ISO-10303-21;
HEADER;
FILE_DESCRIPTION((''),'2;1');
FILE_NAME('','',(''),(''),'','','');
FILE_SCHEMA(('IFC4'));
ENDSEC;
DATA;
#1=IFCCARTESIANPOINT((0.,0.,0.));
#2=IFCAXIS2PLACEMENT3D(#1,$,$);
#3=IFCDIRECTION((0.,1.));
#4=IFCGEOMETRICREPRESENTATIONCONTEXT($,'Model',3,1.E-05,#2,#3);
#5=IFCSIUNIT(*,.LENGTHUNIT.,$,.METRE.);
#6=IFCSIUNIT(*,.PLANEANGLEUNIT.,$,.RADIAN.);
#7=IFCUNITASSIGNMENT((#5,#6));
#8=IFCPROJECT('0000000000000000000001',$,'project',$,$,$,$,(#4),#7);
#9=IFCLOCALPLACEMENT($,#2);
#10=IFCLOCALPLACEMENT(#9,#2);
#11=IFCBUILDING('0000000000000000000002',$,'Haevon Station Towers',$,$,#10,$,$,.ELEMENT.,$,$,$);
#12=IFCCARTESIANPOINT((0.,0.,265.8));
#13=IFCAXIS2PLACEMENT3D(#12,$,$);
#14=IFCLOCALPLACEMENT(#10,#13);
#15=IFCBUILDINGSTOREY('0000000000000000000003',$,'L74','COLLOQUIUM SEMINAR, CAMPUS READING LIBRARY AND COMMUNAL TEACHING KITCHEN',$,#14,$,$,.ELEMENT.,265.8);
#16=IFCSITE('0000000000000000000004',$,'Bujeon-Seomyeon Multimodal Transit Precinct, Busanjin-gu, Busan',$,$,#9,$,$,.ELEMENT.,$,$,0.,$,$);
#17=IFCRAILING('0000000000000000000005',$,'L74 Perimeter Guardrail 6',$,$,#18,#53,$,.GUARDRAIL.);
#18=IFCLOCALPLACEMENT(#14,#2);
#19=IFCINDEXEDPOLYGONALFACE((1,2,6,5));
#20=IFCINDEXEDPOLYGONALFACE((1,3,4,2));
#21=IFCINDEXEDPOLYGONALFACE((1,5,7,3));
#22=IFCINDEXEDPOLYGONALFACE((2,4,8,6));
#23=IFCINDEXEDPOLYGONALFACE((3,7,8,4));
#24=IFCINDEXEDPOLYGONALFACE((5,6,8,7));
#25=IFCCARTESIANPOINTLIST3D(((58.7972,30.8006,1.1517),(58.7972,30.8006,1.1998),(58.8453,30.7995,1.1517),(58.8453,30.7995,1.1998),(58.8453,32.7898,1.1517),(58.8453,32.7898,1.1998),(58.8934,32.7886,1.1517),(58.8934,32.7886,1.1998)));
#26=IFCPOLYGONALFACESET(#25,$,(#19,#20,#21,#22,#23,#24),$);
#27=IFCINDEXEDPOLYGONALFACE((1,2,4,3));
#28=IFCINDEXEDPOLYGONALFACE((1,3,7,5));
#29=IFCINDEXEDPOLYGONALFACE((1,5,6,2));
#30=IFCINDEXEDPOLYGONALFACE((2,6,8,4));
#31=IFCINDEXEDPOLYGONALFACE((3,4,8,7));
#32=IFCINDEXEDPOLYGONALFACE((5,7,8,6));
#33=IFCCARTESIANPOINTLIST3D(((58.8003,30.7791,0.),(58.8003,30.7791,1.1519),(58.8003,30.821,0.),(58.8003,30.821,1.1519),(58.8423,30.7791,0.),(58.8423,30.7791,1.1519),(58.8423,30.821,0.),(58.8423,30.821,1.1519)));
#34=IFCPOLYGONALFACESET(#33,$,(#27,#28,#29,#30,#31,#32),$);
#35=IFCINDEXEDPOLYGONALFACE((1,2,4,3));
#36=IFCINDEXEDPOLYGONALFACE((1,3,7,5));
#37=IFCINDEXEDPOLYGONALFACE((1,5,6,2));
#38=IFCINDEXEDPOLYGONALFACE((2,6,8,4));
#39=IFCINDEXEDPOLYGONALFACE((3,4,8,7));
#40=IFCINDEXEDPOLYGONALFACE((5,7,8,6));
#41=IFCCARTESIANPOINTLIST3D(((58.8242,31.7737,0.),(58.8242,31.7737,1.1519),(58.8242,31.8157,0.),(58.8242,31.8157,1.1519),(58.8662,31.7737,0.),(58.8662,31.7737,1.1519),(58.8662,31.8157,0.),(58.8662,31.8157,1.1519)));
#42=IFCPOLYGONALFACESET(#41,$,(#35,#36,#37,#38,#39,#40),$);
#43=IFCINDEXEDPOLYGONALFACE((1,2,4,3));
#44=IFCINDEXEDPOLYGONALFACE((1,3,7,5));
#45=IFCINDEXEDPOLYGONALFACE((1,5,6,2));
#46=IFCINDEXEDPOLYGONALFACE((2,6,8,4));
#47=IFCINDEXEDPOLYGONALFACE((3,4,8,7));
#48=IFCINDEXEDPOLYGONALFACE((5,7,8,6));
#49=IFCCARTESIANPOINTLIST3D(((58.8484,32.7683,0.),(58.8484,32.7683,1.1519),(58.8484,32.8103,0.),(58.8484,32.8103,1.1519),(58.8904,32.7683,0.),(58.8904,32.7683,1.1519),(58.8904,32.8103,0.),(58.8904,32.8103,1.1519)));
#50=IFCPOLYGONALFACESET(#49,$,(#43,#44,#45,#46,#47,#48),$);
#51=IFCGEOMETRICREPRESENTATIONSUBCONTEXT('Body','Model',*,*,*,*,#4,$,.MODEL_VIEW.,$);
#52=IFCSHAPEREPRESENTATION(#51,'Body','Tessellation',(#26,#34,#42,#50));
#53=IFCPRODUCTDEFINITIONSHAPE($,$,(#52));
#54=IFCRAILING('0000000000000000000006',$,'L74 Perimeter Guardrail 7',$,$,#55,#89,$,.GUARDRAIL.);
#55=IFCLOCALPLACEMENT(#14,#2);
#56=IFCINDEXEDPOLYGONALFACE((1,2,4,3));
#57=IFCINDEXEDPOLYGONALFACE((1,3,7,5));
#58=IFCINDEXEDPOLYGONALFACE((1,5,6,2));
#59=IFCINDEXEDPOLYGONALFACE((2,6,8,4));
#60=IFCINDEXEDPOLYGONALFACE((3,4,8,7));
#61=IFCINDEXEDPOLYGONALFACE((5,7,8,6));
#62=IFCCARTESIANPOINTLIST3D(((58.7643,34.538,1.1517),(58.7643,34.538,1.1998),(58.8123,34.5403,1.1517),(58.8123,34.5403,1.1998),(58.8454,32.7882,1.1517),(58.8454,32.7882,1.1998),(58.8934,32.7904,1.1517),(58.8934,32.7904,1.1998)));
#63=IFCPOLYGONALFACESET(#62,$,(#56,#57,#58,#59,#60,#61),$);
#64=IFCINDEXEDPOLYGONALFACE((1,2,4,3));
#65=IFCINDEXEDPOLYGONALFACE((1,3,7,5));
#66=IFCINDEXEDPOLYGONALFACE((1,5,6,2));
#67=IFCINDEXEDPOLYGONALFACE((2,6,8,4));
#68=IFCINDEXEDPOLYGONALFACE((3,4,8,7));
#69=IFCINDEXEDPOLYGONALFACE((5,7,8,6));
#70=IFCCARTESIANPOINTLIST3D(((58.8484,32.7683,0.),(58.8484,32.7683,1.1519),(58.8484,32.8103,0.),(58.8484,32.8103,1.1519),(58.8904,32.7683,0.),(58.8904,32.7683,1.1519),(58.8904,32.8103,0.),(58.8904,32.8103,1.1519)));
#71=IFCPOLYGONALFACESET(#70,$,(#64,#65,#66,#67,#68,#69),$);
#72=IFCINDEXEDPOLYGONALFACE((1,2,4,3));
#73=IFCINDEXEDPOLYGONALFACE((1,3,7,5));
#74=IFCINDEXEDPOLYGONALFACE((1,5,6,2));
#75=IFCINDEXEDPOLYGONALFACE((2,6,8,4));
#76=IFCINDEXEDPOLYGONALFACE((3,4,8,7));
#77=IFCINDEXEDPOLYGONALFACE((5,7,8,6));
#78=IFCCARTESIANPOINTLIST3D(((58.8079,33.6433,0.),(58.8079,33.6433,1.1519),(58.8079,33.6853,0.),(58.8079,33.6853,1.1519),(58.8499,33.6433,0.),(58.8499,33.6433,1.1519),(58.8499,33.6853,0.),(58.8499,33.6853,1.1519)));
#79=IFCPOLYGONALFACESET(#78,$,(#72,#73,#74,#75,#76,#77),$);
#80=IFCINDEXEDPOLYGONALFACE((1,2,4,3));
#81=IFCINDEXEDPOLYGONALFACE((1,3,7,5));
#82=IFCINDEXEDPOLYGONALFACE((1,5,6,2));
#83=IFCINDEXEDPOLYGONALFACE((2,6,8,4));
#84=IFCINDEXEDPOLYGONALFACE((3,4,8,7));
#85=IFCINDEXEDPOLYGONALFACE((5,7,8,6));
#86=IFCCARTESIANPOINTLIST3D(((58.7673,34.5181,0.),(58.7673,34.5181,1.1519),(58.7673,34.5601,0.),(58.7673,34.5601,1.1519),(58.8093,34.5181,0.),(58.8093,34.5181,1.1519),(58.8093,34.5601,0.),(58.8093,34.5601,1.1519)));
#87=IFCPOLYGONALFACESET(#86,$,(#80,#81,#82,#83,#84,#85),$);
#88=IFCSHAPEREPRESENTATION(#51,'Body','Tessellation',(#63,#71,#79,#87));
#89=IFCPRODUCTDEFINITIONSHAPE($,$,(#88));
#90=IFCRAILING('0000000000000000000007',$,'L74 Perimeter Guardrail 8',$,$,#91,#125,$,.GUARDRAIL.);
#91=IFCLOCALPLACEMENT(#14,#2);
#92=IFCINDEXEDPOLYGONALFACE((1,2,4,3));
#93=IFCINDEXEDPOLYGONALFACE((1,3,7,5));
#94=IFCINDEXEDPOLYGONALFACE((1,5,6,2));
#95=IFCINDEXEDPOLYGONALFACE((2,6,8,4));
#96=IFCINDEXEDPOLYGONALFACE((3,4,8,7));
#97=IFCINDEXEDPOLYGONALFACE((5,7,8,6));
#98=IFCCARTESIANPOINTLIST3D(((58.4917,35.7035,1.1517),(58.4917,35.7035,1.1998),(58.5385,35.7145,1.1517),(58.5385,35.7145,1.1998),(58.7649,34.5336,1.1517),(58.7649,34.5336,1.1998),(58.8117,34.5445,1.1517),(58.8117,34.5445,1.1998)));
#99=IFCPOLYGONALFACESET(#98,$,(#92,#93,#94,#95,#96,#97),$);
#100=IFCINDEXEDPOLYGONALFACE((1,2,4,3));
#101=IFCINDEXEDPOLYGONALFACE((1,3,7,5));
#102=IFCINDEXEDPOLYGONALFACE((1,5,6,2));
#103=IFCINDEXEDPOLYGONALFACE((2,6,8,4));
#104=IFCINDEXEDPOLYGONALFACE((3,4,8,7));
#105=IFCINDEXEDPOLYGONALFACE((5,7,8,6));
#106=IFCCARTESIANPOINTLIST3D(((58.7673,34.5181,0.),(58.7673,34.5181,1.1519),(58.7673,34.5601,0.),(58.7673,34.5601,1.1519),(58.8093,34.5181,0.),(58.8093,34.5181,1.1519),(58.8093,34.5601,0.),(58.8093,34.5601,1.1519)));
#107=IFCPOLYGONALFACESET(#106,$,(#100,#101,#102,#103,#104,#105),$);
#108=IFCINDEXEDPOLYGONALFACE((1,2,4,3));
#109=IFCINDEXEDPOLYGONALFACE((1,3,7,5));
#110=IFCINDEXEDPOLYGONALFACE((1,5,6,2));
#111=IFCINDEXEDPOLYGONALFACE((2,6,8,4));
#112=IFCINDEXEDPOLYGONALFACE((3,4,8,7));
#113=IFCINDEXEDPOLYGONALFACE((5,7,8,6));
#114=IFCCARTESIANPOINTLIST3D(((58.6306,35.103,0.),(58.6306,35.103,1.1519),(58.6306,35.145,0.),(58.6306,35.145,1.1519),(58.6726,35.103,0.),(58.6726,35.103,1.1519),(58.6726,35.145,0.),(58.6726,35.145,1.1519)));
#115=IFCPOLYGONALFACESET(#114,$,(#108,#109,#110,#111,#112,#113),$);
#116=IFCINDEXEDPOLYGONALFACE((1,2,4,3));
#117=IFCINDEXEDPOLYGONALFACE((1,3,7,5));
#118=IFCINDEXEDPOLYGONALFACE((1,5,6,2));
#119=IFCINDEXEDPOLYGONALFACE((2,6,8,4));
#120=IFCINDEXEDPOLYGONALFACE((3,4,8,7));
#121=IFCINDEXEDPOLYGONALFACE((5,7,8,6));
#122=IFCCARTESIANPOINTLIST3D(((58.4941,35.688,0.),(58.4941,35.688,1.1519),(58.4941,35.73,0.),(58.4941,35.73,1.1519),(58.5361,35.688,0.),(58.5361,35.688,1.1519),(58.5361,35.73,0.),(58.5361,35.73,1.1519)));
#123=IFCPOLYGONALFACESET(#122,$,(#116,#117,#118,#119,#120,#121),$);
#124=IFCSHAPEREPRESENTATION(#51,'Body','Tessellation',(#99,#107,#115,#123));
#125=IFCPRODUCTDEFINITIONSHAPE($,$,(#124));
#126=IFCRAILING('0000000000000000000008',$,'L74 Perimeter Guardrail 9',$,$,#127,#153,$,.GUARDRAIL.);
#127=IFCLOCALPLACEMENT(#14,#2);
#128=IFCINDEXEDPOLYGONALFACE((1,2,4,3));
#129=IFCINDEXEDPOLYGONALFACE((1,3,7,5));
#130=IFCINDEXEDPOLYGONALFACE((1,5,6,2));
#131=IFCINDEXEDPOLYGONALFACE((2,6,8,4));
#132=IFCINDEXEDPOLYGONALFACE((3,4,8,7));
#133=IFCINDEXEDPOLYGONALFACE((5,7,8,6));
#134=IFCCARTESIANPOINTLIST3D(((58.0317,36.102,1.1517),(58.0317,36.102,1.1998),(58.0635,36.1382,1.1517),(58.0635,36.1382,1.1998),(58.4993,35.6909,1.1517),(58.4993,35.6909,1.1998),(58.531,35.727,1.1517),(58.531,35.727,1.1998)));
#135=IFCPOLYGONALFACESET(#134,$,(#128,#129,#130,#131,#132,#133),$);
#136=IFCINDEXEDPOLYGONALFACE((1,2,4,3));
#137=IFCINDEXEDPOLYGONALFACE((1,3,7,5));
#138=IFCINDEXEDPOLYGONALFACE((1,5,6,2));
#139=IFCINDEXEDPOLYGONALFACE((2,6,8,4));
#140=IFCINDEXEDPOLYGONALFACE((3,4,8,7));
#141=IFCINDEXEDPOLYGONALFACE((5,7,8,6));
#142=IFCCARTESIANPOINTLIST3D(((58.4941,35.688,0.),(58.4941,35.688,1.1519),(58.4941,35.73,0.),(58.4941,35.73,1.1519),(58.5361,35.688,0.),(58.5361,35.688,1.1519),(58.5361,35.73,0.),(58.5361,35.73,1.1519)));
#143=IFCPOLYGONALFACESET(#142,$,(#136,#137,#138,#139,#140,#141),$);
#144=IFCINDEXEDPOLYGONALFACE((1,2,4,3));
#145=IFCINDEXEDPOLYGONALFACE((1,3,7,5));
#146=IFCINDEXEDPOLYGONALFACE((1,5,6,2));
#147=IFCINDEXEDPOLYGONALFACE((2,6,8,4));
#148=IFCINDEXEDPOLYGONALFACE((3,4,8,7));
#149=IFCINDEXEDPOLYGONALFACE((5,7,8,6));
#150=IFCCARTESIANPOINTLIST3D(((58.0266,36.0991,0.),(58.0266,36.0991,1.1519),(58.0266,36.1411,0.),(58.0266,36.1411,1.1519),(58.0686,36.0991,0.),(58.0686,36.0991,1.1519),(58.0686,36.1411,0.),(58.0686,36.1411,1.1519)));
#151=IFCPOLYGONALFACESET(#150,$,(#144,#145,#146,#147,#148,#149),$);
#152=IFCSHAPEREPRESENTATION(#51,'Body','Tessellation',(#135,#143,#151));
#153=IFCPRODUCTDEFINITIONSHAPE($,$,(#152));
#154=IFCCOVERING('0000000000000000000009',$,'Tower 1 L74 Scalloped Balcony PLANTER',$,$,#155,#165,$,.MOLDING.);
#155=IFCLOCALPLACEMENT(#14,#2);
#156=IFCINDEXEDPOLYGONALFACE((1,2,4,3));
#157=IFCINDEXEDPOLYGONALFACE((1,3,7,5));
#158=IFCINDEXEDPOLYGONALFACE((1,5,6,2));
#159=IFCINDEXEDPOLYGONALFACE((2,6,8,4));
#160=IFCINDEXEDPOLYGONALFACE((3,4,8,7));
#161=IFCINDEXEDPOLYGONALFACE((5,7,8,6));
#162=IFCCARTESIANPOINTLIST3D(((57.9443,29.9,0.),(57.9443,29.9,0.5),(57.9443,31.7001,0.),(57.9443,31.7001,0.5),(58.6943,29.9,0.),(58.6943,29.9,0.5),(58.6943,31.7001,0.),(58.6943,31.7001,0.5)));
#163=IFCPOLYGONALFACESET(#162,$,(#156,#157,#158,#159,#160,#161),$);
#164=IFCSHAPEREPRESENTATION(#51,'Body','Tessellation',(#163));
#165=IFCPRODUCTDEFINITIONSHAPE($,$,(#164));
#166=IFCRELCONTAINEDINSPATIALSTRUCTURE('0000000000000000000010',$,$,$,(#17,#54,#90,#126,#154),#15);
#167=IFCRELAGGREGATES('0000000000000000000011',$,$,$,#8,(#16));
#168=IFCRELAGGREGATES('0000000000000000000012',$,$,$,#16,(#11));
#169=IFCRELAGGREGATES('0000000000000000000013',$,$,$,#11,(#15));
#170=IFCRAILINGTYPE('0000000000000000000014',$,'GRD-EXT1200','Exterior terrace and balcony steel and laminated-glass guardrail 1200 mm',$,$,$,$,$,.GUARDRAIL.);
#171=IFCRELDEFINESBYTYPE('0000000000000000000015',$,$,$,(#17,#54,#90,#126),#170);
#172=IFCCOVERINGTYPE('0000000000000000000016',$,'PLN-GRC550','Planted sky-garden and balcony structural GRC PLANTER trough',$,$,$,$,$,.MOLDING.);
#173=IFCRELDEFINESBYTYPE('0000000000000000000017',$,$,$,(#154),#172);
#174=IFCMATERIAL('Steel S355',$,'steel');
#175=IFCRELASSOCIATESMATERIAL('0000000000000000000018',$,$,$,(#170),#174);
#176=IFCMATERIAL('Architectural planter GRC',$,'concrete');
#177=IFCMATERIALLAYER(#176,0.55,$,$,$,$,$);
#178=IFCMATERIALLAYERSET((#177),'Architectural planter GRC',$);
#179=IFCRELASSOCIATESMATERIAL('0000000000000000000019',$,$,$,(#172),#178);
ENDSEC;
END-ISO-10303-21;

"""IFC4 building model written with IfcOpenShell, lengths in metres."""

from ifc_helpers import new_model, si_unit, direction, frame, origin, origin_2d, place, context, subcontext, project, spatial, rectangle, extrude, material, layer, layer_set, type_object, element, save


model = new_model("IFC4")

# Units and contexts
model_context = context("Model", 3, precision=1e-05, world=origin(), true_north=direction((0.0, 1.0)))
body_context = subcontext(model_context, "Body", "Model", "MODEL_VIEW")
ifc_project = project(units=[si_unit("LENGTHUNIT", "METRE"), si_unit("PLANEANGLEUNIT", "RADIAN")], contexts=[model_context])

# Site, building, storey
site_placement = place(None, origin())
site = spatial("IfcSite", under=ifc_project, at=site_placement, Name="Bujeon-Seomyeon Multimodal Transit Precinct, Busanjin-gu, Busan", CompositionType="ELEMENT", RefElevation=0.0)
building_placement = place(site_placement, origin())
building = spatial("IfcBuilding", under=site, at=building_placement, Name="Haevon Station Towers", CompositionType="ELEMENT")
storey_placement = place(building_placement, frame((0.0, 0.0, 265.8)))
storey = spatial("IfcBuildingStorey", under=building, at=storey_placement, Name="L74", Description="COLLOQUIUM SEMINAR, CAMPUS READING LIBRARY AND COMMUNAL TEACHING KITCHEN", CompositionType="ELEMENT", Elevation=265.8)

# Shared definitions
ifc_material_1 = material(Name="Steel S355", Category="steel")

# Railings
railing_type = type_object("IfcRailingType", Name="GRD-EXT1200", Description="Exterior terrace and balcony steel and laminated-glass guardrail 1200 mm", PredefinedType="GUARDRAIL", material=ifc_material_1)
railing_1_placement = place(storey_placement, frame((58.8213, 30.8, 0.0)))
element("IfcRailing", 1, at=railing_1_placement, inside=storey, type_object=railing_type, Name="L74 Perimeter Guardrail 6", PredefinedType="GUARDRAIL", context=body_context, shape_type="SweptSolid", body=[
    extrude(rectangle(XDim=0.0481, YDim=0.0481, at=origin_2d()), frame((0.0, 0.0, 1.1758), z_axis=(0.024171, 0.999708, 0.0), x_axis=(-0.999708, 0.024171, 0.0)), (0.0, 0.0, 1.0), 1.9897),
    extrude(rectangle(XDim=0.042, YDim=0.042, at=origin_2d()), origin(), (0.0, 0.0, 1.0), 1.1519),
    extrude(rectangle(XDim=0.042, YDim=0.042, at=origin_2d()), frame((0.0239, 0.9946, 0.0)), (0.0, 0.0, 1.0), 1.1519),
    extrude(rectangle(XDim=0.042, YDim=0.042, at=origin_2d()), frame((0.0481, 1.9893, 0.0)), (0.0, 0.0, 1.0), 1.1519),
])
railing_2_placement = place(storey_placement, frame((58.8694, 32.7893, 0.0)))
element("IfcRailing", 2, at=railing_2_placement, inside=storey, type_object=railing_type, Name="L74 Perimeter Guardrail 7", PredefinedType="GUARDRAIL", context=body_context, shape_type="SweptSolid", body=[
    extrude(rectangle(XDim=0.0481, YDim=0.0481, at=origin_2d()), frame((0.0, 0.0, 1.1758), z_axis=(-0.046274, 0.998929, 0.0), x_axis=(-0.998929, -0.046274, 0.0)), (0.0, 0.0, 1.0), 1.7517),
    extrude(rectangle(XDim=0.042, YDim=0.042, at=origin_2d()), origin(), (0.0, 0.0, 1.0), 1.1519),
    extrude(rectangle(XDim=0.042, YDim=0.042, at=origin_2d()), frame((-0.0405, 0.875, 0.0)), (0.0, 0.0, 1.0), 1.1519),
    extrude(rectangle(XDim=0.042, YDim=0.042, at=origin_2d()), frame((-0.0811, 1.7498, 0.0)), (0.0, 0.0, 1.0), 1.1519),
])
railing_3_placement = place(storey_placement, frame((58.7883, 34.5391, 0.0)))
element("IfcRailing", 3, at=railing_3_placement, inside=storey, type_object=railing_type, Name="L74 Perimeter Guardrail 8", PredefinedType="GUARDRAIL", context=body_context, shape_type="SweptSolid", body=[
    extrude(rectangle(XDim=0.0481, YDim=0.0481, at=origin_2d()), frame((0.0, 0.0, 1.1758), z_axis=(-0.227397, 0.973802, 0.0), x_axis=(-0.973802, -0.227397, 0.0)), (0.0, 0.0, 1.0), 1.2014),
    extrude(rectangle(XDim=0.042, YDim=0.042, at=origin_2d()), origin(), (0.0, 0.0, 1.0), 1.1519),
    extrude(rectangle(XDim=0.042, YDim=0.042, at=origin_2d()), frame((-0.1367, 0.585, 0.0)), (0.0, 0.0, 1.0), 1.1519),
    extrude(rectangle(XDim=0.042, YDim=0.042, at=origin_2d()), frame((-0.2732, 1.1699, 0.0)), (0.0, 0.0, 1.0), 1.1519),
])
railing_4_placement = place(storey_placement, frame((58.5151, 35.709, 0.0)))
element("IfcRailing", 4, at=railing_4_placement, inside=storey, type_object=railing_type, Name="L74 Perimeter Guardrail 9", PredefinedType="GUARDRAIL", context=body_context, shape_type="SweptSolid", body=[
    extrude(rectangle(XDim=0.0481, YDim=0.0481, at=origin_2d()), frame((0.0, 0.0, 1.1758), z_axis=(-0.750947, 0.660363, 0.0), x_axis=(-0.660363, -0.750947, 0.0)), (0.0, 0.0, 1.0), 0.6226),
    extrude(rectangle(XDim=0.042, YDim=0.042, at=origin_2d()), origin(), (0.0, 0.0, 1.0), 1.1519),
    extrude(rectangle(XDim=0.042, YDim=0.042, at=origin_2d()), frame((-0.4675, 0.4111, 0.0)), (0.0, 0.0, 1.0), 1.1519),
])

# Covering
ifc_material_2 = material(Name="Architectural planter GRC", Category="concrete")
ifc_layer_1 = layer(ifc_material_2, 0.55)
ifc_layer_set_1 = layer_set([ifc_layer_1], Name="Architectural planter GRC")
covering_type = type_object("IfcCoveringType", Name="PLN-GRC550", Description="Planted sky-garden and balcony structural GRC PLANTER trough", PredefinedType="MOLDING", material=ifc_layer_set_1)
covering_placement = place(storey_placement, frame((58.3193, 30.8, 0.0), z_axis=(0.0, 0.0, 1.0), x_axis=(1.0, 0.0, 0.0)))
element("IfcCovering", 5, at=covering_placement, inside=storey, type_object=covering_type, Name="Tower 1 L74 Scalloped Balcony PLANTER", PredefinedType="MOLDING", context=body_context, shape_type="SweptSolid", body=[
    extrude(rectangle(XDim=0.75, YDim=1.8, at=origin_2d()), origin(), (0.0, 0.0, 1.0), 0.5),
])

save(model, "model.ifc")
